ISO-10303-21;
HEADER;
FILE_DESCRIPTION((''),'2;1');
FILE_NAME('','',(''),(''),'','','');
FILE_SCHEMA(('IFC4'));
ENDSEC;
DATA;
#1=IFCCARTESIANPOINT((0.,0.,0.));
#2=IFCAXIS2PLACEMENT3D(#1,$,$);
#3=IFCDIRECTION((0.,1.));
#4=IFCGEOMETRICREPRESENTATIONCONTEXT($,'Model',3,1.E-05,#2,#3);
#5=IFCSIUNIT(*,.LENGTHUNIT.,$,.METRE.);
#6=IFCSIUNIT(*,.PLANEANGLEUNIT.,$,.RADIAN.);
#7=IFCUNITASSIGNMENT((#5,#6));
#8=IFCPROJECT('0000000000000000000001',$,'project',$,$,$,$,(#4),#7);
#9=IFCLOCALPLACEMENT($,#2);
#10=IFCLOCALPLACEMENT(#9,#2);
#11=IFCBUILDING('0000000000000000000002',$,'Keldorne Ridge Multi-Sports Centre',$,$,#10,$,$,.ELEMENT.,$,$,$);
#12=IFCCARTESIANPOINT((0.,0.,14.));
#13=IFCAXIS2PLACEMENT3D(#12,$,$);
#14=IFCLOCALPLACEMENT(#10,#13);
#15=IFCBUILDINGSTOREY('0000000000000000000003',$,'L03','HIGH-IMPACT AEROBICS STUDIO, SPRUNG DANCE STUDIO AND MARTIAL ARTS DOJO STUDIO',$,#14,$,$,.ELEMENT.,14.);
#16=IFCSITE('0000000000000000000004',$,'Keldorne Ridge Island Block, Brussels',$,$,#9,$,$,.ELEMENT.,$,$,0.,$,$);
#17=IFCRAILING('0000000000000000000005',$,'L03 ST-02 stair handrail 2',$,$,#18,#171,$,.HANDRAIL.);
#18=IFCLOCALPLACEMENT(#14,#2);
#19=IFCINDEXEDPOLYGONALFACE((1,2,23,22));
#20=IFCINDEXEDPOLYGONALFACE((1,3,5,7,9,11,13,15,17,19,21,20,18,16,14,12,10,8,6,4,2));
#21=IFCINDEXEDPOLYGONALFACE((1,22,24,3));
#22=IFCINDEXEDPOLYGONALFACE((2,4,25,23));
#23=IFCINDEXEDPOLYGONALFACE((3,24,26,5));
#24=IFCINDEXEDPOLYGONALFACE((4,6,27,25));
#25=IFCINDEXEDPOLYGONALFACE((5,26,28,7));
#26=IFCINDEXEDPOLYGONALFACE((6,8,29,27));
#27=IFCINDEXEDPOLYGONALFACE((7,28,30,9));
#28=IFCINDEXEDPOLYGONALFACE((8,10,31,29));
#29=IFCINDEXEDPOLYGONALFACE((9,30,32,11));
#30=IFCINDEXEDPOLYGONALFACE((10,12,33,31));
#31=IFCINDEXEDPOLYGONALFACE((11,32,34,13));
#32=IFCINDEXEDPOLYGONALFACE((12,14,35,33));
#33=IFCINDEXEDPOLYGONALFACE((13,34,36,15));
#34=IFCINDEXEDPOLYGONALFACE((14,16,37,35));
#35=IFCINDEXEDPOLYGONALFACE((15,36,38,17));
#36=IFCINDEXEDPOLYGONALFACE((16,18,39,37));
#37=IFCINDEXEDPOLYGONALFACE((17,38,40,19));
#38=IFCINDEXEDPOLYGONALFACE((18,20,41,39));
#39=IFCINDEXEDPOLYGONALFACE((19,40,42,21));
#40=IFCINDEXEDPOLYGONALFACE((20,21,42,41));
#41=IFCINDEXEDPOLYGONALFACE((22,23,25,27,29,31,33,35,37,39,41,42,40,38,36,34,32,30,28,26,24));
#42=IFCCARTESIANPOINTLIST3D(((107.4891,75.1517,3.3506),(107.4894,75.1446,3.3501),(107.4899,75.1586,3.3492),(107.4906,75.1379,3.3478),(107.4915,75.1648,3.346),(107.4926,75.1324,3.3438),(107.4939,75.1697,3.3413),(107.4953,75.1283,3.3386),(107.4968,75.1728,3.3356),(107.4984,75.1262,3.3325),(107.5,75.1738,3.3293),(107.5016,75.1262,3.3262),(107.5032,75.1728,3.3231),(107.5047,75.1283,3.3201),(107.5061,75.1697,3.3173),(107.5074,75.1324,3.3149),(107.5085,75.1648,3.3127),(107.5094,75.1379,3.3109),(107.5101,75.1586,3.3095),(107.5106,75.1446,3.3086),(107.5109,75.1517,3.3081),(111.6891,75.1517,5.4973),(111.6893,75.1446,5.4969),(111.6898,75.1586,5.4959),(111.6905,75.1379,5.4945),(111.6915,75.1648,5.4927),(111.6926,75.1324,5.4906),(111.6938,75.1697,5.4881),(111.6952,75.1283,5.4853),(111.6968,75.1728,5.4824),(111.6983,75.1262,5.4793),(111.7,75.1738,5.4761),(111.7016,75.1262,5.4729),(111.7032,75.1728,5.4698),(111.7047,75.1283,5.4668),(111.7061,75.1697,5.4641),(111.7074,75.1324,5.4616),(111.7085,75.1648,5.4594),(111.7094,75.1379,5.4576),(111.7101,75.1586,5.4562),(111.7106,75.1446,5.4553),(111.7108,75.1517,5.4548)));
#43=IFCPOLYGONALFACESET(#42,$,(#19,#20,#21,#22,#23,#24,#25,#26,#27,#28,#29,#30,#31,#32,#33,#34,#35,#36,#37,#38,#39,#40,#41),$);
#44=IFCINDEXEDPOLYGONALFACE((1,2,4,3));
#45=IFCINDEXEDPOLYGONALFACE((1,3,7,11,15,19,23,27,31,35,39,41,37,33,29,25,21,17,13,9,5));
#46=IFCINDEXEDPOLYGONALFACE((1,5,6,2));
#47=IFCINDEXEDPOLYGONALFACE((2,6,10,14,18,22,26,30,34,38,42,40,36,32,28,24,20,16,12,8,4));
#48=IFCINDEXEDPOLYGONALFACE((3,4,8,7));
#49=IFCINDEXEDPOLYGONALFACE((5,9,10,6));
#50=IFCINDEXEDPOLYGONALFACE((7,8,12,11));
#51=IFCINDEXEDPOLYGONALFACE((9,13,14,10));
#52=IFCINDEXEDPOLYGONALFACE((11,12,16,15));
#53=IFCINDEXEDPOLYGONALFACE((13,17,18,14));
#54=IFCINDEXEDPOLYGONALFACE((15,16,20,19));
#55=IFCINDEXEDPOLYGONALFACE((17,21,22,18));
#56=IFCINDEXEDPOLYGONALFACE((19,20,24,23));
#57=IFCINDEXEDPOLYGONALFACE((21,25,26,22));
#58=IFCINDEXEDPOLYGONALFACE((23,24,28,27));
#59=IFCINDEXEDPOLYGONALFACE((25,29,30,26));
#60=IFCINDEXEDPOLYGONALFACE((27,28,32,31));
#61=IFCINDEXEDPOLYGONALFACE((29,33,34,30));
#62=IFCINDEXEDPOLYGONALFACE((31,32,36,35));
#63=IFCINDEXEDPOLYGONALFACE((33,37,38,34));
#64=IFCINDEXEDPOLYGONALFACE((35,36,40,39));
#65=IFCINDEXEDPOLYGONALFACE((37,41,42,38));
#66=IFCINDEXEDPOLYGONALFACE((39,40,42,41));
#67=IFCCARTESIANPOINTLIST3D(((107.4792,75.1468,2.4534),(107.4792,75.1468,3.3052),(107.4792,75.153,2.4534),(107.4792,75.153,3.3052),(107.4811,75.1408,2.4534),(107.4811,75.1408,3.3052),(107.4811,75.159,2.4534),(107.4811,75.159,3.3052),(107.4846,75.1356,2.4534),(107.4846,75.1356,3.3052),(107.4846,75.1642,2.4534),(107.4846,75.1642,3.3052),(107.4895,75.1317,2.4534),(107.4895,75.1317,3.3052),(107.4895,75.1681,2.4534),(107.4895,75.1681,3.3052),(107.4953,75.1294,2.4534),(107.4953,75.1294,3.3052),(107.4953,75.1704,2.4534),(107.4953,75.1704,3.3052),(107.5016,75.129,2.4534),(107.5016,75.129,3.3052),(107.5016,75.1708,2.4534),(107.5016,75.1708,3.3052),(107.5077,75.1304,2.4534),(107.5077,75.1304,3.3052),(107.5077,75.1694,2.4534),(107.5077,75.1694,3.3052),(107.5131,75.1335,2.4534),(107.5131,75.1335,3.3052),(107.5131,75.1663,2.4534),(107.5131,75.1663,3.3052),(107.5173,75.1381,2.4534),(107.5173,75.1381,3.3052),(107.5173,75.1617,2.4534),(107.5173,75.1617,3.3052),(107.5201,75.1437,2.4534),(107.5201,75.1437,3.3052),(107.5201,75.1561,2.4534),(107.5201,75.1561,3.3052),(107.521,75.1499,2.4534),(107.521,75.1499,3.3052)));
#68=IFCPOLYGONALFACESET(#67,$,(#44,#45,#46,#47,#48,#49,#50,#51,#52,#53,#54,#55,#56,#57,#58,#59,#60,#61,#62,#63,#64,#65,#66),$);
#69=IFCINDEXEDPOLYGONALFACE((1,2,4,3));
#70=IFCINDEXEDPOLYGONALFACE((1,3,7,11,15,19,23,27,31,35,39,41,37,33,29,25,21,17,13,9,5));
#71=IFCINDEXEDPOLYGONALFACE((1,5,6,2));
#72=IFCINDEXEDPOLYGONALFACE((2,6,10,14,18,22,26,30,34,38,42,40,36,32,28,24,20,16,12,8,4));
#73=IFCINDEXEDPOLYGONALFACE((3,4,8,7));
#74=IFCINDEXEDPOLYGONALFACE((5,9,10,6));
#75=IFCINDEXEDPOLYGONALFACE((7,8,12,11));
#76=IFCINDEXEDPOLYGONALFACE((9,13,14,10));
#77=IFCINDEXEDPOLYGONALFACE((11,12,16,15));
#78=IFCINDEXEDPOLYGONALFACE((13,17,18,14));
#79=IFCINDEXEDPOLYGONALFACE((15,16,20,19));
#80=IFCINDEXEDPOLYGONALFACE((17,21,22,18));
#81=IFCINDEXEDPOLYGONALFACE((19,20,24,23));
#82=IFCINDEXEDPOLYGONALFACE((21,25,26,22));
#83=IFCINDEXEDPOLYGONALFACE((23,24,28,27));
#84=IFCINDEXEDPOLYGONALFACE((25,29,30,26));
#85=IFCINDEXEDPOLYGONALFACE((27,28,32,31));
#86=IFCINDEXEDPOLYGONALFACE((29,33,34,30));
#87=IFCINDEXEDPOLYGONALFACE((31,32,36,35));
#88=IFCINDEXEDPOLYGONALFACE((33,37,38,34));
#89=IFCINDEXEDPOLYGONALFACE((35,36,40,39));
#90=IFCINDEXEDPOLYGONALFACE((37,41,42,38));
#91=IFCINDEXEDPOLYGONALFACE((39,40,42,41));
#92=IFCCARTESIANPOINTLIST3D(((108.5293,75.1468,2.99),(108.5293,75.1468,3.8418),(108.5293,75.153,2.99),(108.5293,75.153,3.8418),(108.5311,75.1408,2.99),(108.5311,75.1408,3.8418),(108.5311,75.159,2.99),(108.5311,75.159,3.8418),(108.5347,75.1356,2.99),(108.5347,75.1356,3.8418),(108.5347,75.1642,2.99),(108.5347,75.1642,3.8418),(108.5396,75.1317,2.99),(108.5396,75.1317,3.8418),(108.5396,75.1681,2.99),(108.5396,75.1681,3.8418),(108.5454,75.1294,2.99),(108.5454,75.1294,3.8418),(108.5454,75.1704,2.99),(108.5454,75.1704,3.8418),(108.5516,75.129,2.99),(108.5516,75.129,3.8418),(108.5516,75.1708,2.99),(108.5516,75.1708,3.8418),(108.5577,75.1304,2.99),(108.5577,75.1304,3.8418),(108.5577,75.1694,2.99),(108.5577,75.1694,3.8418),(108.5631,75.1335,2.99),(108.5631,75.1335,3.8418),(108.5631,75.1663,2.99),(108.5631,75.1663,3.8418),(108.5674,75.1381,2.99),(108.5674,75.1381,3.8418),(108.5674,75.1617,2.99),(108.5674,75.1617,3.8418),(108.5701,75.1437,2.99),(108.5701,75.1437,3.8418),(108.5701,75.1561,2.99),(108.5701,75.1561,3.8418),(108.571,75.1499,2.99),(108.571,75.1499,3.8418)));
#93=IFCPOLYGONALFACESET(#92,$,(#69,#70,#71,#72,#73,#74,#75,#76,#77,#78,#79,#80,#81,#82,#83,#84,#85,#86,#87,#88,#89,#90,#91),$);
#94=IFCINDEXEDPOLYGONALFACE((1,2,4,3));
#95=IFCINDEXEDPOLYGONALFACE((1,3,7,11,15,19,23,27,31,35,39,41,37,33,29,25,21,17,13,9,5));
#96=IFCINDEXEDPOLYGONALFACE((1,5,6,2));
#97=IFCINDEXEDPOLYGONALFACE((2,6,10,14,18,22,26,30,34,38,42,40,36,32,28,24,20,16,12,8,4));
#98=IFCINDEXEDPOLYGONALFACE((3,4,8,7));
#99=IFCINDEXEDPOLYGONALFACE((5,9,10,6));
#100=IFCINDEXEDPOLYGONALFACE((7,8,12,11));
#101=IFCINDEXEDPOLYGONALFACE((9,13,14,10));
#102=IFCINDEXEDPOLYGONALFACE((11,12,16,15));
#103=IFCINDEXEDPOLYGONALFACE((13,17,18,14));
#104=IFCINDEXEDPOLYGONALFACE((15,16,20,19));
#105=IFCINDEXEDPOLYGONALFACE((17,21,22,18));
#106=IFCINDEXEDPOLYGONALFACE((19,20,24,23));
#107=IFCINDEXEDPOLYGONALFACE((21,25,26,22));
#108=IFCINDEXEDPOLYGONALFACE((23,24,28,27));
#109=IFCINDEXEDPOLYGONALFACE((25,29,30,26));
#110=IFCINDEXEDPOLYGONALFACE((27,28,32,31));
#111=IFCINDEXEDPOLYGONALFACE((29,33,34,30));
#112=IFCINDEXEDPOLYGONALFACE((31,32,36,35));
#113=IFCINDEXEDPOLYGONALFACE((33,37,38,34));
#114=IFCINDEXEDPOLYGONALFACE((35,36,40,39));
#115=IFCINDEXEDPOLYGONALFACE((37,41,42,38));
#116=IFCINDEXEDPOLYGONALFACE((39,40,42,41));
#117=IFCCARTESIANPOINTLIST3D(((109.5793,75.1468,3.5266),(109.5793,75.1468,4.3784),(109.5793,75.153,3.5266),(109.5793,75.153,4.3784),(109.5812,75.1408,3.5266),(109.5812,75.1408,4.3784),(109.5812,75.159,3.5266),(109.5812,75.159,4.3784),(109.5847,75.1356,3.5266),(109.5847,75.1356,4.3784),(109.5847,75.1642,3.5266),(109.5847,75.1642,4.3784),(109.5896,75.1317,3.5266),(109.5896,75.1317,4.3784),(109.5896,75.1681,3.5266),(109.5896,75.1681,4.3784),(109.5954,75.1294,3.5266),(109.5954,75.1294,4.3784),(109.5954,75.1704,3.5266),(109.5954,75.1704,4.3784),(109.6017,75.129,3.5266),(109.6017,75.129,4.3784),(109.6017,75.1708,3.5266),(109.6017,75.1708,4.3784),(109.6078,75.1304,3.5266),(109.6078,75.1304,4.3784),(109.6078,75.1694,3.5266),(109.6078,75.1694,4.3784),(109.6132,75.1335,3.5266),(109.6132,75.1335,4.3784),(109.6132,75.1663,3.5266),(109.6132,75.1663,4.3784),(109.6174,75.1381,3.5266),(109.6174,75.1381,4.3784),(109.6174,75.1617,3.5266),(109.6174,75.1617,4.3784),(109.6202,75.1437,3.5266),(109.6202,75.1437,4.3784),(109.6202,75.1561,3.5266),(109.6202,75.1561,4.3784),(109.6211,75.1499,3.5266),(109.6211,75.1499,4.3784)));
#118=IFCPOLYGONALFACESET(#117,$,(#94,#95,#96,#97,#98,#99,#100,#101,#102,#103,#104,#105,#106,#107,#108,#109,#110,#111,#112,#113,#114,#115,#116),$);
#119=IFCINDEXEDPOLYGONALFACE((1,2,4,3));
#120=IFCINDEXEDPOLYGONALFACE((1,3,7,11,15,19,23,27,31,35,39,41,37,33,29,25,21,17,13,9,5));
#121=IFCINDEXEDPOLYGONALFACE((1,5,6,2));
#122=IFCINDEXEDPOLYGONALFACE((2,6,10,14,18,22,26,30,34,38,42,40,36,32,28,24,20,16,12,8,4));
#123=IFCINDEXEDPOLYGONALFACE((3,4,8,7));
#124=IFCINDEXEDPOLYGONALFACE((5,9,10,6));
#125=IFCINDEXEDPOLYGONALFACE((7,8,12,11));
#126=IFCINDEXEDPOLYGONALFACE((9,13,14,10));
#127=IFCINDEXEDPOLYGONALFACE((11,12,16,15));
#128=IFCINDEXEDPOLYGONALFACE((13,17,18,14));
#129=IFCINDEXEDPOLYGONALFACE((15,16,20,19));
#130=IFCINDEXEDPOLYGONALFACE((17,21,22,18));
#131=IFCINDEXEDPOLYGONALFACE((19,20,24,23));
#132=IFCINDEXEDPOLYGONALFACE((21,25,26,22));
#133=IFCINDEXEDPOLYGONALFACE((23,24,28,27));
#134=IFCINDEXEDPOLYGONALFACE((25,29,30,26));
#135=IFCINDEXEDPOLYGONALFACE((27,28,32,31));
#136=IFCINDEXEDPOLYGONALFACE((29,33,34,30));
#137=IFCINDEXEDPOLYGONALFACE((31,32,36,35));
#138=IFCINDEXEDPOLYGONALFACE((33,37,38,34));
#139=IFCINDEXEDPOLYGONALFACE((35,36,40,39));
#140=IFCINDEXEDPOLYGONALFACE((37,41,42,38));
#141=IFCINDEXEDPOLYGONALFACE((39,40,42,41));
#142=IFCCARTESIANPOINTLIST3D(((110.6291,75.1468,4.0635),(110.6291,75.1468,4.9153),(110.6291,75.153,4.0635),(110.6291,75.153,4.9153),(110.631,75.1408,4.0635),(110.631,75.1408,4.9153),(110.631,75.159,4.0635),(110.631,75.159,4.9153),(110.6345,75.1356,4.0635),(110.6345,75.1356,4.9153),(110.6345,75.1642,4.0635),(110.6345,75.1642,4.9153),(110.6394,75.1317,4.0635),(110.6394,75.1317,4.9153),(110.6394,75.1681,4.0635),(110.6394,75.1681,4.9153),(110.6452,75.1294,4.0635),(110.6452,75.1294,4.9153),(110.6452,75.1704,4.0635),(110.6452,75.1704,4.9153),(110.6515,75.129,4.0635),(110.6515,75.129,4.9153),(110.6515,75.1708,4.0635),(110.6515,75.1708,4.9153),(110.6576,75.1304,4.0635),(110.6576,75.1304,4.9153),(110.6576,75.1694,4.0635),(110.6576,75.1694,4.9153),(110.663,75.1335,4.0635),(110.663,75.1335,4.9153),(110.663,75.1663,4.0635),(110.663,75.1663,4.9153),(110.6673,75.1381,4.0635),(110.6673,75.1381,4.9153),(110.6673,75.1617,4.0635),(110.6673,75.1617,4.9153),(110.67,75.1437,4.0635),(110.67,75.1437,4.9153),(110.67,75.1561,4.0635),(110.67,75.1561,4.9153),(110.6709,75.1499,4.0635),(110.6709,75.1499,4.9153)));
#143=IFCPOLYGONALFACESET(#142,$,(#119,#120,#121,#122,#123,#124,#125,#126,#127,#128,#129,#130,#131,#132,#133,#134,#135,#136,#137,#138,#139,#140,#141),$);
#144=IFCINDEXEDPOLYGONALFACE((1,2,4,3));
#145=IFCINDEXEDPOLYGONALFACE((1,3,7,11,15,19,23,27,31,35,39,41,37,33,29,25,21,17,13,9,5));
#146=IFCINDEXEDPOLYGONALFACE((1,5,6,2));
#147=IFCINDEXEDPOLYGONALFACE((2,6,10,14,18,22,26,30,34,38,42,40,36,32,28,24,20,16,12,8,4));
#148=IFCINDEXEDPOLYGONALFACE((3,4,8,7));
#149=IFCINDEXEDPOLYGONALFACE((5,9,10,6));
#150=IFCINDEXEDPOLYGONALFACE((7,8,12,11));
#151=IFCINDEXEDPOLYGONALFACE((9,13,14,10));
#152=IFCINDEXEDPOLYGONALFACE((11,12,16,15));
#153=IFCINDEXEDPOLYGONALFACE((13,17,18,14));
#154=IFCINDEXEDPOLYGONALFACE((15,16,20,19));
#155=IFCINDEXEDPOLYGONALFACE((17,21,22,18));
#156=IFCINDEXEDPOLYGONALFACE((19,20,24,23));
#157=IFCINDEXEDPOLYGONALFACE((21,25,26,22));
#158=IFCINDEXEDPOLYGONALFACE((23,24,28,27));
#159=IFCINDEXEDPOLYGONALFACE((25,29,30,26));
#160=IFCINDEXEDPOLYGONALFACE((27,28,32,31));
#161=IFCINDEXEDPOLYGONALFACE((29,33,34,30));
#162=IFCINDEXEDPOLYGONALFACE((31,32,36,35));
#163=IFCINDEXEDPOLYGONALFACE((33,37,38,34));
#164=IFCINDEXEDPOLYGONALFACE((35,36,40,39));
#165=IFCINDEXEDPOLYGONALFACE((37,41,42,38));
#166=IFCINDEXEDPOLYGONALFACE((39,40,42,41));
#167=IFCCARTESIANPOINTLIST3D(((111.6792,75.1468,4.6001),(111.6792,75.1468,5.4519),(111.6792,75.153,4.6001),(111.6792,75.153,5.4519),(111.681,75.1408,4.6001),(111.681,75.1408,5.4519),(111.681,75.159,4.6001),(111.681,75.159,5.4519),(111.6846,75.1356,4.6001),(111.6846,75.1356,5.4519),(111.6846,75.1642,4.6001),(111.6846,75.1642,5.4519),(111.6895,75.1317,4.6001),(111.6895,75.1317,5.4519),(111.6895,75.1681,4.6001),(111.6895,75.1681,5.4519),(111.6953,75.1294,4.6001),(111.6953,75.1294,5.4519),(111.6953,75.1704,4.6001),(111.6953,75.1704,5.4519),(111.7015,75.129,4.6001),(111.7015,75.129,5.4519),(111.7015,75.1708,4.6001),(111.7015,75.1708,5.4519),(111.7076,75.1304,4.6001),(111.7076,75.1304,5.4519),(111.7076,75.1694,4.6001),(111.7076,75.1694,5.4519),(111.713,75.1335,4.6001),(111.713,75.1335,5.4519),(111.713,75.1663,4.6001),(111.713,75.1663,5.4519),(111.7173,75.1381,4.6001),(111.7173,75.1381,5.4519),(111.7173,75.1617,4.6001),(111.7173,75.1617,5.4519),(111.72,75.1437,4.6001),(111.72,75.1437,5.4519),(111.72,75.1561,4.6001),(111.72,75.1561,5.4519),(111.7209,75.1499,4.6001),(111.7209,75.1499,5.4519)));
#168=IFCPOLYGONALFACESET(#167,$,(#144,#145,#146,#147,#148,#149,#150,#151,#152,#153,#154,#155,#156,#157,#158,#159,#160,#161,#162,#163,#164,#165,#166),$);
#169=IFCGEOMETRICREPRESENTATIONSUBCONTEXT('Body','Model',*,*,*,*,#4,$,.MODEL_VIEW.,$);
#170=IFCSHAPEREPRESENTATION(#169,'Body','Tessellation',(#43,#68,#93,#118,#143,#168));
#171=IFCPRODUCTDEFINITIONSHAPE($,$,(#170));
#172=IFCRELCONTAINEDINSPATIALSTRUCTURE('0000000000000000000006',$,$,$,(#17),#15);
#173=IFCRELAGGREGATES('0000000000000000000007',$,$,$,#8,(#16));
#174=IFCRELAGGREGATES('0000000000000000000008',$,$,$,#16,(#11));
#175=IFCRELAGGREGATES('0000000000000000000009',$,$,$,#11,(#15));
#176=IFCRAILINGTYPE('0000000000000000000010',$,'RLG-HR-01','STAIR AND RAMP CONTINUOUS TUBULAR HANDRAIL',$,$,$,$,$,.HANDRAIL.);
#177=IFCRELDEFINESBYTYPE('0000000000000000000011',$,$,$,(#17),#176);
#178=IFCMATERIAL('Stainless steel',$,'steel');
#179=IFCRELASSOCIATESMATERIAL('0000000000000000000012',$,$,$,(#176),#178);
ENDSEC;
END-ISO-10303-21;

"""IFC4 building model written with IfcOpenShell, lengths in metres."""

from ifc_helpers import new_model, si_unit, direction, frame, origin, origin_2d, place, context, subcontext, project, spatial, circle, extrude, material, type_object, element, save


model = new_model("IFC4")

# Units and contexts
model_context = context("Model", 3, precision=1e-05, world=origin(), true_north=direction((0.0, 1.0)))
body_context = subcontext(model_context, "Body", "Model", "MODEL_VIEW")
ifc_project = project(units=[si_unit("LENGTHUNIT", "METRE"), si_unit("PLANEANGLEUNIT", "RADIAN")], contexts=[model_context])

# Site, building, storey
site_placement = place(None, origin())
site = spatial("IfcSite", under=ifc_project, at=site_placement, Name="Keldorne Ridge Island Block, Brussels", CompositionType="ELEMENT", RefElevation=0.0)
building_placement = place(site_placement, origin())
building = spatial("IfcBuilding", under=site, at=building_placement, Name="Keldorne Ridge Multi-Sports Centre", CompositionType="ELEMENT")
storey_placement = place(building_placement, frame((0.0, 0.0, 14.0)))
storey = spatial("IfcBuildingStorey", under=building, at=storey_placement, Name="L03", Description="HIGH-IMPACT AEROBICS STUDIO, SPRUNG DANCE STUDIO AND MARTIAL ARTS DOJO STUDIO", CompositionType="ELEMENT", Elevation=14.0)

# Railing
ifc_material_1 = material(Name="Stainless steel", Category="steel")
railing_type_1 = type_object("IfcRailingType", Name="RLG-HR-01", Description="STAIR AND RAMP CONTINUOUS TUBULAR HANDRAIL", PredefinedType="HANDRAIL", material=ifc_material_1)
railing_1_placement = place(storey_placement, frame((107.5, 75.1499, 2.4534)))
element("IfcRailing", 1, at=railing_1_placement, inside=storey, type_object=railing_type_1, Name="L03 ST-02 stair handrail 2", PredefinedType="HANDRAIL", context=body_context, shape_type="SweptSolid", body=[
    extrude(circle(Radius=0.0239, at=origin_2d()), frame((0.0, 0.0, 0.876), z_axis=(0.890427, 0.0, 0.455126), x_axis=(0.0, 1.0, 0.0)), (0.0, 0.0, 1.0), 4.7168),
    extrude(circle(Radius=0.021, at=origin_2d()), origin(), (0.0, 0.0, 1.0), 0.8518),
    extrude(circle(Radius=0.021, at=origin_2d()), frame((1.05, 0.0, 0.5366)), (0.0, 0.0, 1.0), 0.8518),
    extrude(circle(Radius=0.021, at=origin_2d()), frame((2.1001, 0.0, 1.0732)), (0.0, 0.0, 1.0), 0.8518),
    extrude(circle(Radius=0.021, at=origin_2d()), frame((3.1499, 0.0, 1.6101)), (0.0, 0.0, 1.0), 0.8518),
    extrude(circle(Radius=0.021, at=origin_2d()), frame((4.2, 0.0, 2.1467)), (0.0, 0.0, 1.0), 0.8518),
])

save(model, "model.ifc")
